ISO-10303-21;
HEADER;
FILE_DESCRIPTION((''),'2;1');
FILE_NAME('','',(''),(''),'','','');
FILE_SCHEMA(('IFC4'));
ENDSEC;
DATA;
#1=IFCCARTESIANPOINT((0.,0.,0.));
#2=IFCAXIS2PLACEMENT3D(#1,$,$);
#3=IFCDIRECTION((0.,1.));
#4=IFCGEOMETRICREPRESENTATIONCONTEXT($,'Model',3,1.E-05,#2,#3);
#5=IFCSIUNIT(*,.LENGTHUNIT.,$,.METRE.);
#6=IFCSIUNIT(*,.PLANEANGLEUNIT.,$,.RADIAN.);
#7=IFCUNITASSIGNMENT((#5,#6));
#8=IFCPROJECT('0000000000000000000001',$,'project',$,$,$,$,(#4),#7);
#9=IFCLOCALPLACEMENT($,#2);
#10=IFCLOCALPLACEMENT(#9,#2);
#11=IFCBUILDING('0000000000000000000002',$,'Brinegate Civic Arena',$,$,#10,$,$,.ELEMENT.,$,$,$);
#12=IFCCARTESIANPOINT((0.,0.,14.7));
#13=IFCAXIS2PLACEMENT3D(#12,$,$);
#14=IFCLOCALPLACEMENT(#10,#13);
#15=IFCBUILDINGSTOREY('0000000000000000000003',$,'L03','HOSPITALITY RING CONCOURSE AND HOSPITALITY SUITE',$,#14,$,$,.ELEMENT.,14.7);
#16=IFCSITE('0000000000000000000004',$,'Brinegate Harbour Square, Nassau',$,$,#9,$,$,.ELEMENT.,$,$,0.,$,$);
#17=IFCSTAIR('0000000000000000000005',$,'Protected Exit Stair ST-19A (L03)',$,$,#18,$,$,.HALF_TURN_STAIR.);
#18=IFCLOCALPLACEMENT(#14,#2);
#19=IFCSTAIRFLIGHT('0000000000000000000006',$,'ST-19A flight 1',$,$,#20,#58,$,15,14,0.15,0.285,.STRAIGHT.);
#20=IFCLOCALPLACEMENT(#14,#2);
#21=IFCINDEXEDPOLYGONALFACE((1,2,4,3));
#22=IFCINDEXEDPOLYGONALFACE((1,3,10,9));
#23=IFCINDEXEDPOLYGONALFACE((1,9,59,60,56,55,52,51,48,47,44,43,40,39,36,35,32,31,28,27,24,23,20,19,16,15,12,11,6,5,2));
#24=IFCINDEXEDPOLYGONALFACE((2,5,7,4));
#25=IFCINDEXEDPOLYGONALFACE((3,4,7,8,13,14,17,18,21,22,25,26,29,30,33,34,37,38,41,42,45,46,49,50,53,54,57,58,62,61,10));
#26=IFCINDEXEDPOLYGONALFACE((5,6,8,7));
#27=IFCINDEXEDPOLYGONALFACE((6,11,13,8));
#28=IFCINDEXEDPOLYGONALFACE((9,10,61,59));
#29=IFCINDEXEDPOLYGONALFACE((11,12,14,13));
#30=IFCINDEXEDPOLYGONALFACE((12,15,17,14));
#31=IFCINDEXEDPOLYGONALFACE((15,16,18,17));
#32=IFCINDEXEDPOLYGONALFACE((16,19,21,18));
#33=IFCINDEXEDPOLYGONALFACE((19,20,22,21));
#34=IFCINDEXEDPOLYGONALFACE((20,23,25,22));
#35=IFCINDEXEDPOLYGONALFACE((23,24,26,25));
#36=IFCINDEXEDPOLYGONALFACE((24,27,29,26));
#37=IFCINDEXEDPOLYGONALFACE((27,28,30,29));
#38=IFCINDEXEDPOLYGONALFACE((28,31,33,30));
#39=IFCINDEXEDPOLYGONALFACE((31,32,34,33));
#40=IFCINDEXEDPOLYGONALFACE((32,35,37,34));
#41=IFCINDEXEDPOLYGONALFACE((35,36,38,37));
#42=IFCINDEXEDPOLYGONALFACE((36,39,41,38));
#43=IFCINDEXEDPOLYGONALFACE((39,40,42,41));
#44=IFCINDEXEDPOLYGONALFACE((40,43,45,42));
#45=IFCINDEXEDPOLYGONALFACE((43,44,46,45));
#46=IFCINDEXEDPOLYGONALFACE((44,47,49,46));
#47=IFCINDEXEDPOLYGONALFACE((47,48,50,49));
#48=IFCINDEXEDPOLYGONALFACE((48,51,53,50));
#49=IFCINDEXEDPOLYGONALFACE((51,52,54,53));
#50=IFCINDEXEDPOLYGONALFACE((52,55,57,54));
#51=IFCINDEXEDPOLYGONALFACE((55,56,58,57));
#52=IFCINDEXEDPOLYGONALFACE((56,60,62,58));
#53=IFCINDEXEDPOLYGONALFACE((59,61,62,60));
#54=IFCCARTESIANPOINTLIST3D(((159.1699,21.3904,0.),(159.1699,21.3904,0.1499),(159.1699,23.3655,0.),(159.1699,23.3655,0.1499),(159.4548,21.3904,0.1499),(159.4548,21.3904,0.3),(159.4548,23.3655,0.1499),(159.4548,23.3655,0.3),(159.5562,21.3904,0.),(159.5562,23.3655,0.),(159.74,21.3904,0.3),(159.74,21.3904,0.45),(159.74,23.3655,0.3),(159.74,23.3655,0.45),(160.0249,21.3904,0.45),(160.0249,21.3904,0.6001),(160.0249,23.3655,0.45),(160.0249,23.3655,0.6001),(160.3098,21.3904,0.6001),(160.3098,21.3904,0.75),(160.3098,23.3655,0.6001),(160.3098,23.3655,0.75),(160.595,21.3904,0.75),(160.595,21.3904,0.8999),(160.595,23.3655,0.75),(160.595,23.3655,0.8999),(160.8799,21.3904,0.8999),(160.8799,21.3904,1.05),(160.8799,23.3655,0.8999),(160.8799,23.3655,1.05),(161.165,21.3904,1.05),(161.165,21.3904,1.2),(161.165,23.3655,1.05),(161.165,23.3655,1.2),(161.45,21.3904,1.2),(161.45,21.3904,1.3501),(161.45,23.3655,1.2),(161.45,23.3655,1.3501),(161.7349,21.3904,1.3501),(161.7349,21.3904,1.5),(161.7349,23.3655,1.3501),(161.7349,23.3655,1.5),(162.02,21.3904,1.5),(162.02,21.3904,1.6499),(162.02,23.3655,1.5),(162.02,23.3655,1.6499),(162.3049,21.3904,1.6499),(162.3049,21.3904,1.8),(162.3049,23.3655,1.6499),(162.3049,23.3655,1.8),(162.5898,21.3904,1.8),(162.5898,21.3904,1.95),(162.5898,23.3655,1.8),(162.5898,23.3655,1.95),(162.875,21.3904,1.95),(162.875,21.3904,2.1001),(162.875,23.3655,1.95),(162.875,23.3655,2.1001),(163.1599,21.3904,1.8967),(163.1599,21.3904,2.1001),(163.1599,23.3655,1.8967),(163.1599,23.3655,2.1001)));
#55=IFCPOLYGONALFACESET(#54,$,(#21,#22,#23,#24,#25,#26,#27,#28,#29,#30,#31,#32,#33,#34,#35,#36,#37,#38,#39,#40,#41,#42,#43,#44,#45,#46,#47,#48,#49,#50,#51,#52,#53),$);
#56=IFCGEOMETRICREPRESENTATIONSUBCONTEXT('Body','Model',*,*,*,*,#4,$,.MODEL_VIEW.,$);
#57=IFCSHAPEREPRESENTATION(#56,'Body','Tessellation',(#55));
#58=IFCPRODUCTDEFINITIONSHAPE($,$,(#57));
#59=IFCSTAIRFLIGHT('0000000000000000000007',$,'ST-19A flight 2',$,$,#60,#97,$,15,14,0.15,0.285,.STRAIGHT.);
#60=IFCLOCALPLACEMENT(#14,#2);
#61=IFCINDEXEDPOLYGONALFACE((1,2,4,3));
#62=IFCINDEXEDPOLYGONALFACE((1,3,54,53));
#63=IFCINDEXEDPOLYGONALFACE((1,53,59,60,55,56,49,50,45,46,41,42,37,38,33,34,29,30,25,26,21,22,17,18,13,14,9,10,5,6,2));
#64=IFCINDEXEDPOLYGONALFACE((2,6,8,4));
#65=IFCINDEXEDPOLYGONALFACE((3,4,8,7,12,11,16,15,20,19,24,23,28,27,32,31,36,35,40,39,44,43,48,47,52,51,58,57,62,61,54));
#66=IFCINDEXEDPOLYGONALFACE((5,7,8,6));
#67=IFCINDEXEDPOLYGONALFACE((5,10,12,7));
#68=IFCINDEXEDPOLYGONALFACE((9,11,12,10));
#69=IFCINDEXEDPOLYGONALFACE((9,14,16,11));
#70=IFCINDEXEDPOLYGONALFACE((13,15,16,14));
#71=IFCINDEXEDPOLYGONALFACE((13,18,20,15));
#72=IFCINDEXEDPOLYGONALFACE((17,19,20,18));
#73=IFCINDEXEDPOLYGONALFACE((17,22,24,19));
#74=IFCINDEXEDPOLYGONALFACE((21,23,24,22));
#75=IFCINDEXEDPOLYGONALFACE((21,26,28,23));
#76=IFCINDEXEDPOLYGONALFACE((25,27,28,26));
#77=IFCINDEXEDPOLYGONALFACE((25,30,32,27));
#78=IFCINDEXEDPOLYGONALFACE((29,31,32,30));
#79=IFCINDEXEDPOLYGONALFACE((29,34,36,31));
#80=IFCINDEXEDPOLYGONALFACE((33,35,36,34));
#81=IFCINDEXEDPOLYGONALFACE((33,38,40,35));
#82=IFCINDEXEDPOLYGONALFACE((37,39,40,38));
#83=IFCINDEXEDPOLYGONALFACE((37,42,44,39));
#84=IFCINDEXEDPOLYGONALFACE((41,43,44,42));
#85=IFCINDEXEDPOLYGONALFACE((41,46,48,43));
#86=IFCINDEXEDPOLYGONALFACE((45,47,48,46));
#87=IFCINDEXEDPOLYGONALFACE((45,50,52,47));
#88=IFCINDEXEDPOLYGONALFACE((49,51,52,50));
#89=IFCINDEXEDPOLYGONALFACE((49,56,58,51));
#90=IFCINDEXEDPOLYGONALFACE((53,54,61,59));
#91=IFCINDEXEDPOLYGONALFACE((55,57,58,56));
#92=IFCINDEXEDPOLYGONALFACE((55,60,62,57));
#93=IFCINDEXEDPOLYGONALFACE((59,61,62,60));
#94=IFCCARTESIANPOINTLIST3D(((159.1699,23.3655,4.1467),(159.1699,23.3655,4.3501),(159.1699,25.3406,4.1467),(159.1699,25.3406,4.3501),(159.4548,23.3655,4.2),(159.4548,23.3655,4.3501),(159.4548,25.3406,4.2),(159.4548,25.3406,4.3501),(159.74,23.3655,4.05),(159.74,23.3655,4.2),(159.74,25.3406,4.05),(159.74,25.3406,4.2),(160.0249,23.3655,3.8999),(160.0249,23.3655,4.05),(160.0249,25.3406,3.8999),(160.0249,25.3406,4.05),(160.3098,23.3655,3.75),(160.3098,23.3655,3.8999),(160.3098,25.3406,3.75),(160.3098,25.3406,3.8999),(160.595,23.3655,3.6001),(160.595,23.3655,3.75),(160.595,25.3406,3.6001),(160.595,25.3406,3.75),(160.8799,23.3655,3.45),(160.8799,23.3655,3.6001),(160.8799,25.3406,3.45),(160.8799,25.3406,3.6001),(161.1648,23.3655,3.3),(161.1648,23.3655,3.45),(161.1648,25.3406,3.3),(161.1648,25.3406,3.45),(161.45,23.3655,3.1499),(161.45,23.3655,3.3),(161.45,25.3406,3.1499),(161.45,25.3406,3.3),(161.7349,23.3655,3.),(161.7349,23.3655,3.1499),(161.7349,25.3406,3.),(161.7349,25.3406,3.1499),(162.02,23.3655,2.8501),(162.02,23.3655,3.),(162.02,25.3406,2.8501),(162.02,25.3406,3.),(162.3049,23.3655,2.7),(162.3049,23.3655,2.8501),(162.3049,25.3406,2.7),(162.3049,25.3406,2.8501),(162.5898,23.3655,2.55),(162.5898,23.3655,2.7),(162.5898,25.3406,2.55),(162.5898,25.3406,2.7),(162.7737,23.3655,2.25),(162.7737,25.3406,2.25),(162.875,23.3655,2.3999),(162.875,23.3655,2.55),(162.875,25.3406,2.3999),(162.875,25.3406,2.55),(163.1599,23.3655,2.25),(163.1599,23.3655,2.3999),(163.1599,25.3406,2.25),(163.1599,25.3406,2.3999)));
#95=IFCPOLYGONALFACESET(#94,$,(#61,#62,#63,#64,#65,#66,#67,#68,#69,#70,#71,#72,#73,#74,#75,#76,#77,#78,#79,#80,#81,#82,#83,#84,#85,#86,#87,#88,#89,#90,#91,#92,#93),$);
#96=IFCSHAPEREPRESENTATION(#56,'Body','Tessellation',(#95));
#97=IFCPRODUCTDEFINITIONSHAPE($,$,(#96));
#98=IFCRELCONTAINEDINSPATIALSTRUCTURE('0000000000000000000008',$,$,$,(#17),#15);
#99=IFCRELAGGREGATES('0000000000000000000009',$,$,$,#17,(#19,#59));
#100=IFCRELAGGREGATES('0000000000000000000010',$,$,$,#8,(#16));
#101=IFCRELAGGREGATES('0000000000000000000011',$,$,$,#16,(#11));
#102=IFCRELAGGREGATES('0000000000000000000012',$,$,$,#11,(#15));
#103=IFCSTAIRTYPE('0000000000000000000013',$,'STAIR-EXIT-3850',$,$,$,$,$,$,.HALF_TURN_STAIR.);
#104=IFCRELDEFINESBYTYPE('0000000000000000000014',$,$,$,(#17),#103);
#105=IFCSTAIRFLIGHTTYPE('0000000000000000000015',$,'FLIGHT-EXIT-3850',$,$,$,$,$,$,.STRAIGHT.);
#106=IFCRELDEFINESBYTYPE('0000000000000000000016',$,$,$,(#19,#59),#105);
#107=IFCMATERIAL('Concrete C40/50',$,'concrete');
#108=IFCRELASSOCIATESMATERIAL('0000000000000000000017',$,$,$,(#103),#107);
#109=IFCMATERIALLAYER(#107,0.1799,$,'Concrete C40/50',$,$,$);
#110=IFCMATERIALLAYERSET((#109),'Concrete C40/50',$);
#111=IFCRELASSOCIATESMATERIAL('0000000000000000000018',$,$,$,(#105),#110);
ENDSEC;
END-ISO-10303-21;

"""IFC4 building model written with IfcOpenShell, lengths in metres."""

from ifc_helpers import new_model, si_unit, direction, frame, origin, place, context, subcontext, project, spatial, polyline, outline, extrude, material, layer, layer_set, type_object, element, aggregate, save


model = new_model("IFC4")

# Units and contexts
model_context = context("Model", 3, precision=1e-05, world=origin(), true_north=direction((0.0, 1.0)))
body_context = subcontext(model_context, "Body", "Model", "MODEL_VIEW")
ifc_project = project(units=[si_unit("LENGTHUNIT", "METRE"), si_unit("PLANEANGLEUNIT", "RADIAN")], contexts=[model_context])

# Site, building, storey
site_placement = place(None, origin())
site = spatial("IfcSite", under=ifc_project, at=site_placement, Name="Brinegate Harbour Square, Nassau", CompositionType="ELEMENT", RefElevation=0.0)
building_placement = place(site_placement, origin())
building = spatial("IfcBuilding", under=site, at=building_placement, Name="Brinegate Civic Arena", CompositionType="ELEMENT")
storey_placement = place(building_placement, frame((0.0, 0.0, 14.7)))
storey = spatial("IfcBuildingStorey", under=building, at=storey_placement, Name="L03", Description="HOSPITALITY RING CONCOURSE AND HOSPITALITY SUITE", CompositionType="ELEMENT", Elevation=14.7)

# Shared definitions
ifc_material_1 = material(Name="Concrete C40/50", Category="concrete")

# Shared definitions
stair_type_1 = type_object("IfcStairType", Name="STAIR-EXIT-3850", PredefinedType="HALF_TURN_STAIR", material=ifc_material_1)
ifc_layer_1 = layer(ifc_material_1, 0.1799, Name="Concrete C40/50")
ifc_layer_set_1 = layer_set([ifc_layer_1], Name="Concrete C40/50")
stair_flight_type_1 = type_object("IfcStairFlightType", Name="FLIGHT-EXIT-3850", PredefinedType="STRAIGHT", material=ifc_layer_set_1)

# Stair, stair flights
stair_1_placement = place(storey_placement, origin())
stair_1 = element("IfcStair", 1, at=stair_1_placement, inside=storey, type_object=stair_type_1, Name="Protected Exit Stair ST-19A (L03)", PredefinedType="HALF_TURN_STAIR")
stair_flight_1_placement = place(storey_placement, frame((159.1699, 22.3779, 0.0), z_axis=(0.0, 0.0, 1.0), x_axis=(1.0, 0.0, 0.0)))
stair_flight_1 = element("IfcStairFlight", 2, at=stair_flight_1_placement, type_object=stair_flight_type_1, Name="ST-19A flight 1", NumberOfRisers=15, NumberOfTreads=14, PredefinedType="STRAIGHT", RiserHeight=0.15, TreadLength=0.285, context=body_context, shape_type="SweptSolid", body=[
    extrude(outline(polyline([(0.0, 0.0), (0.0, 0.1499), (0.2849, 0.1499), (0.2849, 0.3), (0.5701, 0.3), (0.5701, 0.45), (0.855, 0.45), (0.855, 0.6001), (1.1399, 0.6001), (1.1399, 0.75), (1.425, 0.75), (1.425, 0.8999), (1.71, 0.8999), (1.71, 1.05), (1.9951, 1.05), (1.9951, 1.2), (2.28, 1.2), (2.28, 1.3501), (2.5649, 1.3501), (2.5649, 1.5), (2.8501, 1.5), (2.8501, 1.6499), (3.135, 1.6499), (3.135, 1.8), (3.4199, 1.8), (3.4199, 1.95), (3.7051, 1.95), (3.7051, 2.1001), (3.99, 2.1001), (3.99, 2.25), (3.99, 1.8967), (0.3862, 0.0), (0.0, 0.0)])), frame((0.0, 0.9875, 0.0), z_axis=(0.0, -1.0, 0.0), x_axis=(1.0, 0.0, 0.0)), (0.0, 0.0, 1.0), 1.9751),
])
stair_flight_2_placement = place(storey_placement, frame((163.1599, 24.353, 2.25), z_axis=(0.0, 0.0, 1.0), x_axis=(-1.0, 0.0, 0.0)))
stair_flight_2 = element("IfcStairFlight", 3, at=stair_flight_2_placement, type_object=stair_flight_type_1, Name="ST-19A flight 2", NumberOfRisers=15, NumberOfTreads=14, PredefinedType="STRAIGHT", RiserHeight=0.15, TreadLength=0.285, context=body_context, shape_type="SweptSolid", body=[
    extrude(outline(polyline([(0.0, 0.0), (0.0, 0.1499), (0.2849, 0.1499), (0.2849, 0.3), (0.5701, 0.3), (0.5701, 0.45), (0.855, 0.45), (0.855, 0.6001), (1.1399, 0.6001), (1.1399, 0.75), (1.425, 0.75), (1.425, 0.8999), (1.71, 0.8999), (1.71, 1.05), (1.9951, 1.05), (1.9951, 1.2), (2.28, 1.2), (2.28, 1.3501), (2.5649, 1.3501), (2.5649, 1.5), (2.8501, 1.5), (2.8501, 1.6499), (3.135, 1.6499), (3.135, 1.8), (3.4199, 1.8), (3.4199, 1.95), (3.7051, 1.95), (3.7051, 2.1001), (3.99, 2.1001), (3.99, 2.25), (3.99, 1.8967), (0.3862, 0.0), (0.0, 0.0)])), frame((0.0, 0.9875, 0.0), z_axis=(0.0, -1.0, 0.0), x_axis=(1.0, 0.0, 0.0)), (0.0, 0.0, 1.0), 1.9751),
])
aggregate(stair_1, [stair_flight_1, stair_flight_2])

save(model, "model.ifc")
